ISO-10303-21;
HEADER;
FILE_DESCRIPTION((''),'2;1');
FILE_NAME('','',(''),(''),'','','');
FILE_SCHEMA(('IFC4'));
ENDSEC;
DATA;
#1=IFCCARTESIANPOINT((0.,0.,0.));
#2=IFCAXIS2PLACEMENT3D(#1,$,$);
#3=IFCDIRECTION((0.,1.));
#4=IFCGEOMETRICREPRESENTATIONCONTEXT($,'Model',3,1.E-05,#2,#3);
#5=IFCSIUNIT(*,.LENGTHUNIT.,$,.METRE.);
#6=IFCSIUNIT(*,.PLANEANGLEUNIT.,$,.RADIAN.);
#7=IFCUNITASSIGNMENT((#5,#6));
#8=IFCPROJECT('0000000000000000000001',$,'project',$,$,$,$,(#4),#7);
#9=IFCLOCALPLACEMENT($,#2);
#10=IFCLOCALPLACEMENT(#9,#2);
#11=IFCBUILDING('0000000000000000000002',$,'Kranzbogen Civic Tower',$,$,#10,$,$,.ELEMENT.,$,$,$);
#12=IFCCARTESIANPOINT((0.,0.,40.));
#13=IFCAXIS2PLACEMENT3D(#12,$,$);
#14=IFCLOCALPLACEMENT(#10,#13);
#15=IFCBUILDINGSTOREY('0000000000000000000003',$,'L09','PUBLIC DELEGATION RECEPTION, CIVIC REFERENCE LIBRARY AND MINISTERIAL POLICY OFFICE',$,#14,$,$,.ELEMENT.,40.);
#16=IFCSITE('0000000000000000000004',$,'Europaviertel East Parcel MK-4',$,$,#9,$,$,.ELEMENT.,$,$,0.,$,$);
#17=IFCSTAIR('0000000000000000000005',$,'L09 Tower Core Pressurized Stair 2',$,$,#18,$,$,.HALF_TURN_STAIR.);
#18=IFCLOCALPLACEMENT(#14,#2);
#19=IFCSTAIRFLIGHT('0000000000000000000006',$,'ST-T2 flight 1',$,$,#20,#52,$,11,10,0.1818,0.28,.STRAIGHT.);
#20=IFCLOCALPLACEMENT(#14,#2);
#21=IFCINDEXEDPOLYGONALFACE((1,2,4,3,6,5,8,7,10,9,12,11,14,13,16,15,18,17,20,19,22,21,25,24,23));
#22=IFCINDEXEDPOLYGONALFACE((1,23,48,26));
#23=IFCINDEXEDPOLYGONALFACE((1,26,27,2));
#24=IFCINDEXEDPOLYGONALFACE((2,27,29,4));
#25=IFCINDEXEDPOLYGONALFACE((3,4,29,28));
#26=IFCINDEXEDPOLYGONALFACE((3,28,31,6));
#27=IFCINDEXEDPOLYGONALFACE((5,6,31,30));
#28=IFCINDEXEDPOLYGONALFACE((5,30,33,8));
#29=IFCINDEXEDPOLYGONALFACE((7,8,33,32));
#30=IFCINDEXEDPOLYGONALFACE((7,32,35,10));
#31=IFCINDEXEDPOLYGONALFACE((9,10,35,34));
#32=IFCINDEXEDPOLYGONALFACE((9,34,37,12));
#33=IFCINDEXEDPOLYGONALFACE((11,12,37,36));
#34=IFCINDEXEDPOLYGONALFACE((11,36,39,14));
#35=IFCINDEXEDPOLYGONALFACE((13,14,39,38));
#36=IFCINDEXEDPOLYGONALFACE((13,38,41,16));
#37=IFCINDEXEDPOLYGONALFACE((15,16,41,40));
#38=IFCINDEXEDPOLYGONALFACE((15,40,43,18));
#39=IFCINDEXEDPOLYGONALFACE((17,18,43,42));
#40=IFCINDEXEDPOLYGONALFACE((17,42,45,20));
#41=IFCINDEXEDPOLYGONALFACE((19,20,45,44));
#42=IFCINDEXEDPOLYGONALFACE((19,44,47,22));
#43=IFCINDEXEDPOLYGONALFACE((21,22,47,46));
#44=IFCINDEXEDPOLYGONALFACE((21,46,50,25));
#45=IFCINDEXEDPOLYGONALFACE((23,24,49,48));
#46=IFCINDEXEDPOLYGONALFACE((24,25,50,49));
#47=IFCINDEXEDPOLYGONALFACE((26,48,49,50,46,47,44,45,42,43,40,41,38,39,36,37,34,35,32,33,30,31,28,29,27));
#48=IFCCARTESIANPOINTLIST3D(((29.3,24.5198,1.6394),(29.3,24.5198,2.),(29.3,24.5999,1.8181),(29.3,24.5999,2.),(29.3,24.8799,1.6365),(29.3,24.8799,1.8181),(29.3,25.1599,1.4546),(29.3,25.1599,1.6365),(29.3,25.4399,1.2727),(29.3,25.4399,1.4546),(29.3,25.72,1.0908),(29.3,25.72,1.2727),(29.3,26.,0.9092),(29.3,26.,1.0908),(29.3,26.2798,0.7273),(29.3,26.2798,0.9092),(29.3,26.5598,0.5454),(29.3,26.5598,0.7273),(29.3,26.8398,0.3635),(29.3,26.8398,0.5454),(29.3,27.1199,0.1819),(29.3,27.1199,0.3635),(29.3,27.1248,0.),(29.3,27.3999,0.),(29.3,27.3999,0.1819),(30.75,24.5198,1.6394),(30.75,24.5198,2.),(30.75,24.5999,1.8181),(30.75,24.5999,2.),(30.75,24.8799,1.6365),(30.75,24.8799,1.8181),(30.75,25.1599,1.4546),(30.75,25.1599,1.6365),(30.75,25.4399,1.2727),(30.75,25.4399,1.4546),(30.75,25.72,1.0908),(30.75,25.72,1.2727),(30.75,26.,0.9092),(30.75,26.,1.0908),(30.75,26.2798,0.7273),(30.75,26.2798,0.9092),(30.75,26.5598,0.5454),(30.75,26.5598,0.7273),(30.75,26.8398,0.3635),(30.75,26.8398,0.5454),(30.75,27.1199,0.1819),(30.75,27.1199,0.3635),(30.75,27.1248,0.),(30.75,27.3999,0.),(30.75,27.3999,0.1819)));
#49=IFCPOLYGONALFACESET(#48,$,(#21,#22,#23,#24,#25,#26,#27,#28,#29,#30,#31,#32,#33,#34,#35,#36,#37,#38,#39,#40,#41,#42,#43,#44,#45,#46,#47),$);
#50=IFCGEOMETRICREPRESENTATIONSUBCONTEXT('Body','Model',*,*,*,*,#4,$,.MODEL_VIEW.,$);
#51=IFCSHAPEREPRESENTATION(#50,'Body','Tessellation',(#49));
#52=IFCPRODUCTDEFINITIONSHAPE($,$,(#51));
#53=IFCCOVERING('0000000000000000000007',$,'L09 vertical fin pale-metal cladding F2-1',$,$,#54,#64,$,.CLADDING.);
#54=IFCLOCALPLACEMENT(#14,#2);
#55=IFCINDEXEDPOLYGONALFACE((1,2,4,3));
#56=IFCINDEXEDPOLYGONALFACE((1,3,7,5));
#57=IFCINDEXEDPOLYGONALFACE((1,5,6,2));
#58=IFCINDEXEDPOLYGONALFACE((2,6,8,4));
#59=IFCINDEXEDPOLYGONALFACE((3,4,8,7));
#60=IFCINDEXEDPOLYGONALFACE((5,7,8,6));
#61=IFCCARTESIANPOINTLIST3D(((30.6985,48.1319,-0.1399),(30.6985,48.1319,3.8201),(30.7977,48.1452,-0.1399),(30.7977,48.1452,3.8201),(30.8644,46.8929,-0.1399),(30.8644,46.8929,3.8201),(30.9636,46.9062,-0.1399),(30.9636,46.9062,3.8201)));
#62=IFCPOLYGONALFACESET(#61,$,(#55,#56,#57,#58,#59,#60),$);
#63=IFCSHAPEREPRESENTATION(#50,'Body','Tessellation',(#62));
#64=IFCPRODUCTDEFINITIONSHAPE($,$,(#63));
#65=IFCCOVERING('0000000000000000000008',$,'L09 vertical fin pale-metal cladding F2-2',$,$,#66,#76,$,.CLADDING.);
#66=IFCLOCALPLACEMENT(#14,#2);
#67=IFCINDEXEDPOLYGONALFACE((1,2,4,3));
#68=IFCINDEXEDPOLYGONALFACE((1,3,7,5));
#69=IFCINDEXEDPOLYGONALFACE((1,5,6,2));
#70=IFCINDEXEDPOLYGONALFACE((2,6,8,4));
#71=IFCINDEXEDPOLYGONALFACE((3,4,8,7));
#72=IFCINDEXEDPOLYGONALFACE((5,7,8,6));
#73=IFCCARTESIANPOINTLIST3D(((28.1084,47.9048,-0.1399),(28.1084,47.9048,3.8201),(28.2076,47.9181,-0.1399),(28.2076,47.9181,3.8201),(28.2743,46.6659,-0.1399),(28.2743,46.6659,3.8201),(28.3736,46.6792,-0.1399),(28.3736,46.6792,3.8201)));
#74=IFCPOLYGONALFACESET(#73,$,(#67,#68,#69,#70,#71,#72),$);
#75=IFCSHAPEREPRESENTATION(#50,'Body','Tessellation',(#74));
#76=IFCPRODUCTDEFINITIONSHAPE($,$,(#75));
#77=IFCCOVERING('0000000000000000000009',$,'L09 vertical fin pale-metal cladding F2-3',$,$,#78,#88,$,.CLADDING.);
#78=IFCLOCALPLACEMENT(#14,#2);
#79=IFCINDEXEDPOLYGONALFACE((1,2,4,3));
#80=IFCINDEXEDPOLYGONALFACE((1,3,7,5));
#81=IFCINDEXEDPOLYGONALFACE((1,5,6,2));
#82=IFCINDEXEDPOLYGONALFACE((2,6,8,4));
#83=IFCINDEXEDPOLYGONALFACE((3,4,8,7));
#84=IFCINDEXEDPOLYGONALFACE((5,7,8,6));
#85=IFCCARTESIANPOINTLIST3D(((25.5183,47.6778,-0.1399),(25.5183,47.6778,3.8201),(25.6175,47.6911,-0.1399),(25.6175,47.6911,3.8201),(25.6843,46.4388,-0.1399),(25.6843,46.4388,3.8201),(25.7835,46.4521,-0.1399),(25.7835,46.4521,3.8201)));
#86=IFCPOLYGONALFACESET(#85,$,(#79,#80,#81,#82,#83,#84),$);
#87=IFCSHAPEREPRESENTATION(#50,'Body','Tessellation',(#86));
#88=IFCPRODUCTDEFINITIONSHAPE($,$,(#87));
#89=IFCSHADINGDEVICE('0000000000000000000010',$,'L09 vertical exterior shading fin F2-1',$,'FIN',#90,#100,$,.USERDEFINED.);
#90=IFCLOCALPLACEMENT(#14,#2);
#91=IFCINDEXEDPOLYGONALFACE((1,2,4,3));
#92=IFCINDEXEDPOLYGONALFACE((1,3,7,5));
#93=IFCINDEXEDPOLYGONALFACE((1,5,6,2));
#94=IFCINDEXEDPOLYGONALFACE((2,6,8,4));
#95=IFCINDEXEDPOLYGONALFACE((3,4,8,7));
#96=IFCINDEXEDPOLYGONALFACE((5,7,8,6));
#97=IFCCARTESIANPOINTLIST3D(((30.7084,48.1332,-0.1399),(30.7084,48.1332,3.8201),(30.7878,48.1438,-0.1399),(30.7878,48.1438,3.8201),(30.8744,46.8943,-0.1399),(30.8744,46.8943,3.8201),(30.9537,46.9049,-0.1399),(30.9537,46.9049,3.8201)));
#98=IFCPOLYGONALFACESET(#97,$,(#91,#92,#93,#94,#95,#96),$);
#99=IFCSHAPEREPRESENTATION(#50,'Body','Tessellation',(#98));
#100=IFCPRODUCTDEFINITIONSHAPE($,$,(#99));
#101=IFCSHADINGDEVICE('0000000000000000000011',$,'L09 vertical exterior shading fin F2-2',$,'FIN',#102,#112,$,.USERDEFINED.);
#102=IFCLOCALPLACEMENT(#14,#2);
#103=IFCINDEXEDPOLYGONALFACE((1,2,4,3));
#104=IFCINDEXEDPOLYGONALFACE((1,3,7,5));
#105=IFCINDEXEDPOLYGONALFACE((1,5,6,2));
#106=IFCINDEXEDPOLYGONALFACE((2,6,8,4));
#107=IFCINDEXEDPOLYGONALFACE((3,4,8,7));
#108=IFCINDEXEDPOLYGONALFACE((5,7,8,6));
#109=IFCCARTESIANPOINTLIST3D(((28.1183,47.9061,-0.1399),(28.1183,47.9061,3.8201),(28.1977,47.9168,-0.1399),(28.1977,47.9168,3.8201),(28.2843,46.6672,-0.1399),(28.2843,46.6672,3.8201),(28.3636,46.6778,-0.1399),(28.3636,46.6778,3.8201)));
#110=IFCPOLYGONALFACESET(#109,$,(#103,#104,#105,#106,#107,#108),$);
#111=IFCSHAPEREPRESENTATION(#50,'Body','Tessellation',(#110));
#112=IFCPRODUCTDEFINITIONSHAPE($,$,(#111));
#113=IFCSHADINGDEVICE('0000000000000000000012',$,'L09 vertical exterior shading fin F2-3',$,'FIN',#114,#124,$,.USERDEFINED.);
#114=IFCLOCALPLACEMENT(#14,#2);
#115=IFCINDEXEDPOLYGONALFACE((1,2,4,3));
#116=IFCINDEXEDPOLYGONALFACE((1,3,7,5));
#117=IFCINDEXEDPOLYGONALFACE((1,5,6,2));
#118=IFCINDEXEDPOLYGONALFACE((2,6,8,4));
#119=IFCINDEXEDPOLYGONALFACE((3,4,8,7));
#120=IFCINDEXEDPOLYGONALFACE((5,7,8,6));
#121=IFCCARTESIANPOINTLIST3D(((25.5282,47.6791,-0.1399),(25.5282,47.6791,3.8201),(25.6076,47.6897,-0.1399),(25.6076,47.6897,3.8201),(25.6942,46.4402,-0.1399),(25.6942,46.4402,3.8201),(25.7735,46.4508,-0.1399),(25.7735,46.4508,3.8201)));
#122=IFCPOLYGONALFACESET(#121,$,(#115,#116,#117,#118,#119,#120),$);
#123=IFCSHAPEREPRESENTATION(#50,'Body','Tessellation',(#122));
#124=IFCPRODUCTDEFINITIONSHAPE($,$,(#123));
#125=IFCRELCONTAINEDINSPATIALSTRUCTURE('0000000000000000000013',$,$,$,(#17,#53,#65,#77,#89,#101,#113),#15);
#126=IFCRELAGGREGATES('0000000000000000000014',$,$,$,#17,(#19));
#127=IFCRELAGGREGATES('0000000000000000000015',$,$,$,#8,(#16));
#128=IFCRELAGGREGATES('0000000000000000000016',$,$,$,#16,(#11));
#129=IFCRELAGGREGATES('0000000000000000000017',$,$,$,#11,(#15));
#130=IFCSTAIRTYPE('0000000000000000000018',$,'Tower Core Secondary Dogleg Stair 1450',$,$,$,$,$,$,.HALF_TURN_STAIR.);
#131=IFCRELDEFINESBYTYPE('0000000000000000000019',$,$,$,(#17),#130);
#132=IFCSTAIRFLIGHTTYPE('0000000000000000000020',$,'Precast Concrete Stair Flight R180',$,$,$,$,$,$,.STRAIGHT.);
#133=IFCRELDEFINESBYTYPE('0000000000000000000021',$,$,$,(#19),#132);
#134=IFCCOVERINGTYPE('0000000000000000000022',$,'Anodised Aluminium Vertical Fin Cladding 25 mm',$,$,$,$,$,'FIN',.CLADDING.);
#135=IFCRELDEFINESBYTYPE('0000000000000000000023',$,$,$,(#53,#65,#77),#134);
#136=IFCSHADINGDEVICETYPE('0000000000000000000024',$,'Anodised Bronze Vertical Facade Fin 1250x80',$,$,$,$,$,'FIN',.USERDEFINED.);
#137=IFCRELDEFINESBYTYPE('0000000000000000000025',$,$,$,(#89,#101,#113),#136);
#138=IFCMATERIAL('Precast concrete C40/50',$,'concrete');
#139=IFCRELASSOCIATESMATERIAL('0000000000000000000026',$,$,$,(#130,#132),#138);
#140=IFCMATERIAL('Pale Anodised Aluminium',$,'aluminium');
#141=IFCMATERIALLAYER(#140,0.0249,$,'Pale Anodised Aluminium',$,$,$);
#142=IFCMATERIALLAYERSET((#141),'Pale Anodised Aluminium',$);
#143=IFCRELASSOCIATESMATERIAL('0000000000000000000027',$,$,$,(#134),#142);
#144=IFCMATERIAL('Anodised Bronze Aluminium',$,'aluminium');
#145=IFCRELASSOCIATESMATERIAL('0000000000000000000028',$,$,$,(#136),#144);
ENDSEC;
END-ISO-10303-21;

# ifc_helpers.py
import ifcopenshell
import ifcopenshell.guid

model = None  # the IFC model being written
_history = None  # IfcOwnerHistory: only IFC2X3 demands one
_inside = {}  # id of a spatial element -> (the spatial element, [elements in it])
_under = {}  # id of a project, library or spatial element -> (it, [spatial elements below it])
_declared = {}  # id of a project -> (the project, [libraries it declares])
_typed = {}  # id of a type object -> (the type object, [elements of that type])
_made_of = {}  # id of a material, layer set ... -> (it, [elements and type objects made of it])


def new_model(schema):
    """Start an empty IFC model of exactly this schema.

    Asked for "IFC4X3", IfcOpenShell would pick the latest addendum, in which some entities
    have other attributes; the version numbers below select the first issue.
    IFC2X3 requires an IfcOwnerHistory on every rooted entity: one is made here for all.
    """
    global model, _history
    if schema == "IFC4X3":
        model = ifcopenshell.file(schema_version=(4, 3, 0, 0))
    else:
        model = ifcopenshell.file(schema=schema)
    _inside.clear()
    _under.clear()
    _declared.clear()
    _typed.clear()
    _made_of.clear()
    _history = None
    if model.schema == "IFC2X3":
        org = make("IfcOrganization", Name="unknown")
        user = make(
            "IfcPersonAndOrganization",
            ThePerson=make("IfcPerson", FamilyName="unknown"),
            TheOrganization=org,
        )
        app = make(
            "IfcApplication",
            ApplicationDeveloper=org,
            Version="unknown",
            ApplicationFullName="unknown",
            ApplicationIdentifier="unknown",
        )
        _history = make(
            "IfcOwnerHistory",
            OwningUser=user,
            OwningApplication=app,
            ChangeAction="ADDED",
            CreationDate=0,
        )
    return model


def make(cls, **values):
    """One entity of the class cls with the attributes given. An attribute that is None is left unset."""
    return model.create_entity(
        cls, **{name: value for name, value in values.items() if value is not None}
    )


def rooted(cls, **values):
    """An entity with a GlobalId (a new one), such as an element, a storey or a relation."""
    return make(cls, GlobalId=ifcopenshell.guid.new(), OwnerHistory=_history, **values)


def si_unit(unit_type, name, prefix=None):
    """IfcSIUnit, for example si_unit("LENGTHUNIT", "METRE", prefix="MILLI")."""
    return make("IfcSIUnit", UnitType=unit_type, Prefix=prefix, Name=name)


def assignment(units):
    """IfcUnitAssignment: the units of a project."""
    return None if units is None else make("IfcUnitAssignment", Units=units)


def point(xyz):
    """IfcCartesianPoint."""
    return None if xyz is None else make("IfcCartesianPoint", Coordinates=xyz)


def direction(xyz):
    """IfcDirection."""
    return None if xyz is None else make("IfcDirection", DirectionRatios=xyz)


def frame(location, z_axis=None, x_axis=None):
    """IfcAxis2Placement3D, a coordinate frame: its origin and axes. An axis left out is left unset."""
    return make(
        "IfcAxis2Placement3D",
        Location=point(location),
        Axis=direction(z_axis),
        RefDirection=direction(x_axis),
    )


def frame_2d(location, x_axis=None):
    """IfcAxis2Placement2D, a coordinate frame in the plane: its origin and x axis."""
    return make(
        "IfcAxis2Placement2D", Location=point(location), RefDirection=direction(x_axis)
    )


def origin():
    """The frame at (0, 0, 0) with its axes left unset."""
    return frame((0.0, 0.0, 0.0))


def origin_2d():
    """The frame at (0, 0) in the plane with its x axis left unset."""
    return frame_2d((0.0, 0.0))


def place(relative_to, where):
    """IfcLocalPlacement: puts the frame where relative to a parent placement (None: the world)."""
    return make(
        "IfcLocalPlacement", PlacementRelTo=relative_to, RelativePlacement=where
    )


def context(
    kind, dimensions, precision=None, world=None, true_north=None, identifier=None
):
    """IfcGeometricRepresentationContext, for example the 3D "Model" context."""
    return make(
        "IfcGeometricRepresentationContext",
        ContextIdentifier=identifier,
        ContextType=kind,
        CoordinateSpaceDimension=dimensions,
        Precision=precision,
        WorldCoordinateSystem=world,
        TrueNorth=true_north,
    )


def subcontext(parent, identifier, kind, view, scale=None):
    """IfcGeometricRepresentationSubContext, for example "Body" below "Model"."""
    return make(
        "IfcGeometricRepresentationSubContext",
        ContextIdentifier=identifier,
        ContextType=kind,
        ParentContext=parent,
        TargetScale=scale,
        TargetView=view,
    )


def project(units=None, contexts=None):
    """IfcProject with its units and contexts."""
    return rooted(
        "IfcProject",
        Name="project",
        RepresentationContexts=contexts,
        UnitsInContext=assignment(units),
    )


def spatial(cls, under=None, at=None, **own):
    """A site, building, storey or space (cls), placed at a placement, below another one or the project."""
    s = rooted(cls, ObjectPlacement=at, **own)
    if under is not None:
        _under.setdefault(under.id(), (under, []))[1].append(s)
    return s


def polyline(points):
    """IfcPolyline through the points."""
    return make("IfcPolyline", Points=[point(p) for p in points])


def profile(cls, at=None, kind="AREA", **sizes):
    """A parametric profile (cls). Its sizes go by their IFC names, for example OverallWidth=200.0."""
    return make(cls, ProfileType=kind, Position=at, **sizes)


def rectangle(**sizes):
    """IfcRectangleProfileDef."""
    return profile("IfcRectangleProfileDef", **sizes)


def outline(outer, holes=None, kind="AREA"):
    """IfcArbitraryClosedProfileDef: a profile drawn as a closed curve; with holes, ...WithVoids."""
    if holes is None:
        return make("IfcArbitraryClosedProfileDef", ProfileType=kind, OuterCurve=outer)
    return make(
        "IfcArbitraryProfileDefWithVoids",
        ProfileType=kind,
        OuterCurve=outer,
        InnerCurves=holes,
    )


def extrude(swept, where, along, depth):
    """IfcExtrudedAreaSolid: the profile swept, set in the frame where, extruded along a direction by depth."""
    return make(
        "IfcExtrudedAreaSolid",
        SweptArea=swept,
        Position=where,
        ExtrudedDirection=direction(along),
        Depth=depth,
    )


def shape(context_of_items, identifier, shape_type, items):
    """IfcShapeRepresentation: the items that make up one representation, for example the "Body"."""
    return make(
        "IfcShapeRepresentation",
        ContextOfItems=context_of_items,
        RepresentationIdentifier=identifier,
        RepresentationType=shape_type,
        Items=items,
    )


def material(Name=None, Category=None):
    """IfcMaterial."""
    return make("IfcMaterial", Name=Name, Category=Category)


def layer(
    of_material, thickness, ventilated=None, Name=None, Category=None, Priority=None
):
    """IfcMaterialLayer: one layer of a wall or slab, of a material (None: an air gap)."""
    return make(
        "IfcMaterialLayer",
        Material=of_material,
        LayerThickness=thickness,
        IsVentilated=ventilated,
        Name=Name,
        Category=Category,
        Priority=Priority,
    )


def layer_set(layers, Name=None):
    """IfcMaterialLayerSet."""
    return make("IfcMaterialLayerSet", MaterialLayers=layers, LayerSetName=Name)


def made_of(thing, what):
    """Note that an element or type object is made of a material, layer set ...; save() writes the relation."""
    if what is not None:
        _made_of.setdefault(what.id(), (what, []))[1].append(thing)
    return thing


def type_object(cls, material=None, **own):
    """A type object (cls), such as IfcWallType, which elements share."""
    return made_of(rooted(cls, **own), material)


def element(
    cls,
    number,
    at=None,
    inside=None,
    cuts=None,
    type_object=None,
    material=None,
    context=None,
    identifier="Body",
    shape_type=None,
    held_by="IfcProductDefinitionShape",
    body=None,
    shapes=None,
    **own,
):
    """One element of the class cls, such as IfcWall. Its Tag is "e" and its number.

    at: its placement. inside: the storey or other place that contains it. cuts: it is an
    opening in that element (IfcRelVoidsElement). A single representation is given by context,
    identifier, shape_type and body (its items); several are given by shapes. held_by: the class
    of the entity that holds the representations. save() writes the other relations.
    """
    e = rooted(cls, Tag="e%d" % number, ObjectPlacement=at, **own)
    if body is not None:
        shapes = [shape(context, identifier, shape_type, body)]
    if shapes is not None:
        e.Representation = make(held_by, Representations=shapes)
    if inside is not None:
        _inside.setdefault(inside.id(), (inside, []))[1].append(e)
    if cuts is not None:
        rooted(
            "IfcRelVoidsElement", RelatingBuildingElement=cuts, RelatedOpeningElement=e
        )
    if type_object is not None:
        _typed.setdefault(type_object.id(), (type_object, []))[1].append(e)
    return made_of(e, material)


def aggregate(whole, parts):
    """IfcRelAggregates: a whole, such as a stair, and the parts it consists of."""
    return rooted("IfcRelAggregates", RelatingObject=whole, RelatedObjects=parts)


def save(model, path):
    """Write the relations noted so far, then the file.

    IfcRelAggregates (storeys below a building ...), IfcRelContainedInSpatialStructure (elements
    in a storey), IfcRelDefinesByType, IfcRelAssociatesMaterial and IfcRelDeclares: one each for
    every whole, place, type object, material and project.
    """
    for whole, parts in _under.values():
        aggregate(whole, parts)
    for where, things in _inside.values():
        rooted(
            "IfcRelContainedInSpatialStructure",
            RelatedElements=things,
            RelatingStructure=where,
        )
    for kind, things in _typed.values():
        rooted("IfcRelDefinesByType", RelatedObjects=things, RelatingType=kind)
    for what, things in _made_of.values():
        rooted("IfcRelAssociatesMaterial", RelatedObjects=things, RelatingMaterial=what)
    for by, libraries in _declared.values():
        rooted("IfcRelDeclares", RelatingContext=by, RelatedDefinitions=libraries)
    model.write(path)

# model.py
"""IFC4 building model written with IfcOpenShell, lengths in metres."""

from ifc_helpers import new_model, si_unit, direction, frame, origin, origin_2d, place, context, subcontext, project, spatial, polyline, rectangle, outline, extrude, material, layer, layer_set, type_object, element, aggregate, save


model = new_model("IFC4")

# Units and contexts
model_context = context("Model", 3, precision=1e-05, world=origin(), true_north=direction((0.0, 1.0)))
body_context = subcontext(model_context, "Body", "Model", "MODEL_VIEW")
ifc_project = project(units=[si_unit("LENGTHUNIT", "METRE"), si_unit("PLANEANGLEUNIT", "RADIAN")], contexts=[model_context])

# Site, building, storey
site_placement = place(None, origin())
site = spatial("IfcSite", under=ifc_project, at=site_placement, Name="Europaviertel East Parcel MK-4", CompositionType="ELEMENT", RefElevation=0.0)
building_placement = place(site_placement, origin())
building = spatial("IfcBuilding", under=site, at=building_placement, Name="Kranzbogen Civic Tower", CompositionType="ELEMENT")
storey_placement = place(building_placement, frame((0.0, 0.0, 40.0)))
storey = spatial("IfcBuildingStorey", under=building, at=storey_placement, Name="L09", Description="PUBLIC DELEGATION RECEPTION, CIVIC REFERENCE LIBRARY AND MINISTERIAL POLICY OFFICE", CompositionType="ELEMENT", Elevation=40.0)

# Shared definitions
ifc_material_1 = material(Name="Pale Anodised Aluminium", Category="aluminium")

# Stair, stair flight
ifc_material_2 = material(Name="Precast concrete C40/50", Category="concrete")
stair_type = type_object("IfcStairType", Name="Tower Core Secondary Dogleg Stair 1450", PredefinedType="HALF_TURN_STAIR", material=ifc_material_2)
stair_placement = place(storey_placement, origin())
stair = element("IfcStair", 1, at=stair_placement, inside=storey, type_object=stair_type, Name="L09 Tower Core Pressurized Stair 2", PredefinedType="HALF_TURN_STAIR")
stair_flight_type = type_object("IfcStairFlightType", Name="Precast Concrete Stair Flight R180", PredefinedType="STRAIGHT", material=ifc_material_2)
stair_flight_placement = place(storey_placement, frame((30.0249, 27.3999, 0.0), z_axis=(0.0, 0.0, 1.0), x_axis=(0.0, -1.0, 0.0)))
stair_flight = element("IfcStairFlight", 2, at=stair_flight_placement, type_object=stair_flight_type, Name="ST-T2 flight 1", NumberOfRisers=11, NumberOfTreads=10, PredefinedType="STRAIGHT", RiserHeight=0.1818, TreadLength=0.28, context=body_context, shape_type="SweptSolid", body=[
    extrude(outline(polyline([(0.0, 0.0), (0.0, 0.1819), (0.28, 0.1819), (0.28, 0.3635), (0.5601, 0.3635), (0.5601, 0.5454), (0.8401, 0.5454), (0.8401, 0.7273), (1.1201, 0.7273), (1.1201, 0.9092), (1.3999, 0.9092), (1.3999, 1.0908), (1.6799, 1.0908), (1.6799, 1.2727), (1.96, 1.2727), (1.96, 1.4546), (2.24, 1.4546), (2.24, 1.6365), (2.52, 1.6365), (2.52, 1.8181), (2.8, 1.8181), (2.8, 2.0), (2.8801, 2.0), (2.8801, 1.6394), (0.2751, 0.0), (0.0, 0.0)])), frame((0.0, 0.7251, 0.0), z_axis=(0.0, -1.0, 0.0), x_axis=(1.0, 0.0, 0.0)), (0.0, 0.0, 1.0), 1.45),
])
aggregate(stair, [stair_flight])

# Coverings
ifc_layer_1 = layer(ifc_material_1, 0.0249, Name="Pale Anodised Aluminium")
ifc_layer_set_1 = layer_set([ifc_layer_1], Name="Pale Anodised Aluminium")
covering_type = type_object("IfcCoveringType", Name="Anodised Aluminium Vertical Fin Cladding 25 mm", ElementType="FIN", PredefinedType="CLADDING", material=ifc_layer_set_1)
for number, where, z_axis, x_axis, name in (
    (3, (30.8311, 47.519, -0.1399), (0.0, 0.0, 1.0), (-0.132775, 0.991146, 0.0), "L09 vertical fin pale-metal cladding F2-1"),
    (4, (28.241, 47.292, -0.1399), (0.0, 0.0, 1.0), (-0.132775, 0.991146, 0.0), "L09 vertical fin pale-metal cladding F2-2"),
    (5, (25.6509, 47.0649, -0.1399), (0.0, 0.0, 1.0), (-0.132775, 0.991146, 0.0), "L09 vertical fin pale-metal cladding F2-3"),
):
    element("IfcCovering", number, at=place(storey_placement, frame(where, z_axis=z_axis, x_axis=x_axis)), inside=storey, type_object=covering_type, Name=name, PredefinedType="CLADDING", context=body_context, shape_type="SweptSolid", body=[
        extrude(rectangle(XDim=1.25, YDim=0.1001, at=origin_2d()), origin(), (0.0, 0.0, 1.0), 3.96),
    ])

# Shading devices
ifc_material_3 = material(Name="Anodised Bronze Aluminium", Category="aluminium")
shading_device_type = type_object("IfcShadingDeviceType", Name="Anodised Bronze Vertical Facade Fin 1250x80", ElementType="FIN", PredefinedType="USERDEFINED", material=ifc_material_3)
for number, where, z_axis, x_axis, name in (
    (6, (30.8311, 47.519, -0.1399), (0.0, 0.0, 1.0), (-0.132775, 0.991146, 0.0), "L09 vertical exterior shading fin F2-1"),
    (7, (28.241, 47.292, -0.1399), (0.0, 0.0, 1.0), (-0.132775, 0.991146, 0.0), "L09 vertical exterior shading fin F2-2"),
    (8, (25.6509, 47.0649, -0.1399), (0.0, 0.0, 1.0), (-0.132775, 0.991146, 0.0), "L09 vertical exterior shading fin F2-3"),
):
    element("IfcShadingDevice", number, at=place(storey_placement, frame(where, z_axis=z_axis, x_axis=x_axis)), inside=storey, type_object=shading_device_type, Name=name, ObjectType="FIN", PredefinedType="USERDEFINED", context=body_context, shape_type="SweptSolid", body=[
        extrude(rectangle(XDim=1.25, YDim=0.0801, at=origin_2d()), origin(), (0.0, 0.0, 1.0), 3.96),
    ])

save(model, "model.ifc")
